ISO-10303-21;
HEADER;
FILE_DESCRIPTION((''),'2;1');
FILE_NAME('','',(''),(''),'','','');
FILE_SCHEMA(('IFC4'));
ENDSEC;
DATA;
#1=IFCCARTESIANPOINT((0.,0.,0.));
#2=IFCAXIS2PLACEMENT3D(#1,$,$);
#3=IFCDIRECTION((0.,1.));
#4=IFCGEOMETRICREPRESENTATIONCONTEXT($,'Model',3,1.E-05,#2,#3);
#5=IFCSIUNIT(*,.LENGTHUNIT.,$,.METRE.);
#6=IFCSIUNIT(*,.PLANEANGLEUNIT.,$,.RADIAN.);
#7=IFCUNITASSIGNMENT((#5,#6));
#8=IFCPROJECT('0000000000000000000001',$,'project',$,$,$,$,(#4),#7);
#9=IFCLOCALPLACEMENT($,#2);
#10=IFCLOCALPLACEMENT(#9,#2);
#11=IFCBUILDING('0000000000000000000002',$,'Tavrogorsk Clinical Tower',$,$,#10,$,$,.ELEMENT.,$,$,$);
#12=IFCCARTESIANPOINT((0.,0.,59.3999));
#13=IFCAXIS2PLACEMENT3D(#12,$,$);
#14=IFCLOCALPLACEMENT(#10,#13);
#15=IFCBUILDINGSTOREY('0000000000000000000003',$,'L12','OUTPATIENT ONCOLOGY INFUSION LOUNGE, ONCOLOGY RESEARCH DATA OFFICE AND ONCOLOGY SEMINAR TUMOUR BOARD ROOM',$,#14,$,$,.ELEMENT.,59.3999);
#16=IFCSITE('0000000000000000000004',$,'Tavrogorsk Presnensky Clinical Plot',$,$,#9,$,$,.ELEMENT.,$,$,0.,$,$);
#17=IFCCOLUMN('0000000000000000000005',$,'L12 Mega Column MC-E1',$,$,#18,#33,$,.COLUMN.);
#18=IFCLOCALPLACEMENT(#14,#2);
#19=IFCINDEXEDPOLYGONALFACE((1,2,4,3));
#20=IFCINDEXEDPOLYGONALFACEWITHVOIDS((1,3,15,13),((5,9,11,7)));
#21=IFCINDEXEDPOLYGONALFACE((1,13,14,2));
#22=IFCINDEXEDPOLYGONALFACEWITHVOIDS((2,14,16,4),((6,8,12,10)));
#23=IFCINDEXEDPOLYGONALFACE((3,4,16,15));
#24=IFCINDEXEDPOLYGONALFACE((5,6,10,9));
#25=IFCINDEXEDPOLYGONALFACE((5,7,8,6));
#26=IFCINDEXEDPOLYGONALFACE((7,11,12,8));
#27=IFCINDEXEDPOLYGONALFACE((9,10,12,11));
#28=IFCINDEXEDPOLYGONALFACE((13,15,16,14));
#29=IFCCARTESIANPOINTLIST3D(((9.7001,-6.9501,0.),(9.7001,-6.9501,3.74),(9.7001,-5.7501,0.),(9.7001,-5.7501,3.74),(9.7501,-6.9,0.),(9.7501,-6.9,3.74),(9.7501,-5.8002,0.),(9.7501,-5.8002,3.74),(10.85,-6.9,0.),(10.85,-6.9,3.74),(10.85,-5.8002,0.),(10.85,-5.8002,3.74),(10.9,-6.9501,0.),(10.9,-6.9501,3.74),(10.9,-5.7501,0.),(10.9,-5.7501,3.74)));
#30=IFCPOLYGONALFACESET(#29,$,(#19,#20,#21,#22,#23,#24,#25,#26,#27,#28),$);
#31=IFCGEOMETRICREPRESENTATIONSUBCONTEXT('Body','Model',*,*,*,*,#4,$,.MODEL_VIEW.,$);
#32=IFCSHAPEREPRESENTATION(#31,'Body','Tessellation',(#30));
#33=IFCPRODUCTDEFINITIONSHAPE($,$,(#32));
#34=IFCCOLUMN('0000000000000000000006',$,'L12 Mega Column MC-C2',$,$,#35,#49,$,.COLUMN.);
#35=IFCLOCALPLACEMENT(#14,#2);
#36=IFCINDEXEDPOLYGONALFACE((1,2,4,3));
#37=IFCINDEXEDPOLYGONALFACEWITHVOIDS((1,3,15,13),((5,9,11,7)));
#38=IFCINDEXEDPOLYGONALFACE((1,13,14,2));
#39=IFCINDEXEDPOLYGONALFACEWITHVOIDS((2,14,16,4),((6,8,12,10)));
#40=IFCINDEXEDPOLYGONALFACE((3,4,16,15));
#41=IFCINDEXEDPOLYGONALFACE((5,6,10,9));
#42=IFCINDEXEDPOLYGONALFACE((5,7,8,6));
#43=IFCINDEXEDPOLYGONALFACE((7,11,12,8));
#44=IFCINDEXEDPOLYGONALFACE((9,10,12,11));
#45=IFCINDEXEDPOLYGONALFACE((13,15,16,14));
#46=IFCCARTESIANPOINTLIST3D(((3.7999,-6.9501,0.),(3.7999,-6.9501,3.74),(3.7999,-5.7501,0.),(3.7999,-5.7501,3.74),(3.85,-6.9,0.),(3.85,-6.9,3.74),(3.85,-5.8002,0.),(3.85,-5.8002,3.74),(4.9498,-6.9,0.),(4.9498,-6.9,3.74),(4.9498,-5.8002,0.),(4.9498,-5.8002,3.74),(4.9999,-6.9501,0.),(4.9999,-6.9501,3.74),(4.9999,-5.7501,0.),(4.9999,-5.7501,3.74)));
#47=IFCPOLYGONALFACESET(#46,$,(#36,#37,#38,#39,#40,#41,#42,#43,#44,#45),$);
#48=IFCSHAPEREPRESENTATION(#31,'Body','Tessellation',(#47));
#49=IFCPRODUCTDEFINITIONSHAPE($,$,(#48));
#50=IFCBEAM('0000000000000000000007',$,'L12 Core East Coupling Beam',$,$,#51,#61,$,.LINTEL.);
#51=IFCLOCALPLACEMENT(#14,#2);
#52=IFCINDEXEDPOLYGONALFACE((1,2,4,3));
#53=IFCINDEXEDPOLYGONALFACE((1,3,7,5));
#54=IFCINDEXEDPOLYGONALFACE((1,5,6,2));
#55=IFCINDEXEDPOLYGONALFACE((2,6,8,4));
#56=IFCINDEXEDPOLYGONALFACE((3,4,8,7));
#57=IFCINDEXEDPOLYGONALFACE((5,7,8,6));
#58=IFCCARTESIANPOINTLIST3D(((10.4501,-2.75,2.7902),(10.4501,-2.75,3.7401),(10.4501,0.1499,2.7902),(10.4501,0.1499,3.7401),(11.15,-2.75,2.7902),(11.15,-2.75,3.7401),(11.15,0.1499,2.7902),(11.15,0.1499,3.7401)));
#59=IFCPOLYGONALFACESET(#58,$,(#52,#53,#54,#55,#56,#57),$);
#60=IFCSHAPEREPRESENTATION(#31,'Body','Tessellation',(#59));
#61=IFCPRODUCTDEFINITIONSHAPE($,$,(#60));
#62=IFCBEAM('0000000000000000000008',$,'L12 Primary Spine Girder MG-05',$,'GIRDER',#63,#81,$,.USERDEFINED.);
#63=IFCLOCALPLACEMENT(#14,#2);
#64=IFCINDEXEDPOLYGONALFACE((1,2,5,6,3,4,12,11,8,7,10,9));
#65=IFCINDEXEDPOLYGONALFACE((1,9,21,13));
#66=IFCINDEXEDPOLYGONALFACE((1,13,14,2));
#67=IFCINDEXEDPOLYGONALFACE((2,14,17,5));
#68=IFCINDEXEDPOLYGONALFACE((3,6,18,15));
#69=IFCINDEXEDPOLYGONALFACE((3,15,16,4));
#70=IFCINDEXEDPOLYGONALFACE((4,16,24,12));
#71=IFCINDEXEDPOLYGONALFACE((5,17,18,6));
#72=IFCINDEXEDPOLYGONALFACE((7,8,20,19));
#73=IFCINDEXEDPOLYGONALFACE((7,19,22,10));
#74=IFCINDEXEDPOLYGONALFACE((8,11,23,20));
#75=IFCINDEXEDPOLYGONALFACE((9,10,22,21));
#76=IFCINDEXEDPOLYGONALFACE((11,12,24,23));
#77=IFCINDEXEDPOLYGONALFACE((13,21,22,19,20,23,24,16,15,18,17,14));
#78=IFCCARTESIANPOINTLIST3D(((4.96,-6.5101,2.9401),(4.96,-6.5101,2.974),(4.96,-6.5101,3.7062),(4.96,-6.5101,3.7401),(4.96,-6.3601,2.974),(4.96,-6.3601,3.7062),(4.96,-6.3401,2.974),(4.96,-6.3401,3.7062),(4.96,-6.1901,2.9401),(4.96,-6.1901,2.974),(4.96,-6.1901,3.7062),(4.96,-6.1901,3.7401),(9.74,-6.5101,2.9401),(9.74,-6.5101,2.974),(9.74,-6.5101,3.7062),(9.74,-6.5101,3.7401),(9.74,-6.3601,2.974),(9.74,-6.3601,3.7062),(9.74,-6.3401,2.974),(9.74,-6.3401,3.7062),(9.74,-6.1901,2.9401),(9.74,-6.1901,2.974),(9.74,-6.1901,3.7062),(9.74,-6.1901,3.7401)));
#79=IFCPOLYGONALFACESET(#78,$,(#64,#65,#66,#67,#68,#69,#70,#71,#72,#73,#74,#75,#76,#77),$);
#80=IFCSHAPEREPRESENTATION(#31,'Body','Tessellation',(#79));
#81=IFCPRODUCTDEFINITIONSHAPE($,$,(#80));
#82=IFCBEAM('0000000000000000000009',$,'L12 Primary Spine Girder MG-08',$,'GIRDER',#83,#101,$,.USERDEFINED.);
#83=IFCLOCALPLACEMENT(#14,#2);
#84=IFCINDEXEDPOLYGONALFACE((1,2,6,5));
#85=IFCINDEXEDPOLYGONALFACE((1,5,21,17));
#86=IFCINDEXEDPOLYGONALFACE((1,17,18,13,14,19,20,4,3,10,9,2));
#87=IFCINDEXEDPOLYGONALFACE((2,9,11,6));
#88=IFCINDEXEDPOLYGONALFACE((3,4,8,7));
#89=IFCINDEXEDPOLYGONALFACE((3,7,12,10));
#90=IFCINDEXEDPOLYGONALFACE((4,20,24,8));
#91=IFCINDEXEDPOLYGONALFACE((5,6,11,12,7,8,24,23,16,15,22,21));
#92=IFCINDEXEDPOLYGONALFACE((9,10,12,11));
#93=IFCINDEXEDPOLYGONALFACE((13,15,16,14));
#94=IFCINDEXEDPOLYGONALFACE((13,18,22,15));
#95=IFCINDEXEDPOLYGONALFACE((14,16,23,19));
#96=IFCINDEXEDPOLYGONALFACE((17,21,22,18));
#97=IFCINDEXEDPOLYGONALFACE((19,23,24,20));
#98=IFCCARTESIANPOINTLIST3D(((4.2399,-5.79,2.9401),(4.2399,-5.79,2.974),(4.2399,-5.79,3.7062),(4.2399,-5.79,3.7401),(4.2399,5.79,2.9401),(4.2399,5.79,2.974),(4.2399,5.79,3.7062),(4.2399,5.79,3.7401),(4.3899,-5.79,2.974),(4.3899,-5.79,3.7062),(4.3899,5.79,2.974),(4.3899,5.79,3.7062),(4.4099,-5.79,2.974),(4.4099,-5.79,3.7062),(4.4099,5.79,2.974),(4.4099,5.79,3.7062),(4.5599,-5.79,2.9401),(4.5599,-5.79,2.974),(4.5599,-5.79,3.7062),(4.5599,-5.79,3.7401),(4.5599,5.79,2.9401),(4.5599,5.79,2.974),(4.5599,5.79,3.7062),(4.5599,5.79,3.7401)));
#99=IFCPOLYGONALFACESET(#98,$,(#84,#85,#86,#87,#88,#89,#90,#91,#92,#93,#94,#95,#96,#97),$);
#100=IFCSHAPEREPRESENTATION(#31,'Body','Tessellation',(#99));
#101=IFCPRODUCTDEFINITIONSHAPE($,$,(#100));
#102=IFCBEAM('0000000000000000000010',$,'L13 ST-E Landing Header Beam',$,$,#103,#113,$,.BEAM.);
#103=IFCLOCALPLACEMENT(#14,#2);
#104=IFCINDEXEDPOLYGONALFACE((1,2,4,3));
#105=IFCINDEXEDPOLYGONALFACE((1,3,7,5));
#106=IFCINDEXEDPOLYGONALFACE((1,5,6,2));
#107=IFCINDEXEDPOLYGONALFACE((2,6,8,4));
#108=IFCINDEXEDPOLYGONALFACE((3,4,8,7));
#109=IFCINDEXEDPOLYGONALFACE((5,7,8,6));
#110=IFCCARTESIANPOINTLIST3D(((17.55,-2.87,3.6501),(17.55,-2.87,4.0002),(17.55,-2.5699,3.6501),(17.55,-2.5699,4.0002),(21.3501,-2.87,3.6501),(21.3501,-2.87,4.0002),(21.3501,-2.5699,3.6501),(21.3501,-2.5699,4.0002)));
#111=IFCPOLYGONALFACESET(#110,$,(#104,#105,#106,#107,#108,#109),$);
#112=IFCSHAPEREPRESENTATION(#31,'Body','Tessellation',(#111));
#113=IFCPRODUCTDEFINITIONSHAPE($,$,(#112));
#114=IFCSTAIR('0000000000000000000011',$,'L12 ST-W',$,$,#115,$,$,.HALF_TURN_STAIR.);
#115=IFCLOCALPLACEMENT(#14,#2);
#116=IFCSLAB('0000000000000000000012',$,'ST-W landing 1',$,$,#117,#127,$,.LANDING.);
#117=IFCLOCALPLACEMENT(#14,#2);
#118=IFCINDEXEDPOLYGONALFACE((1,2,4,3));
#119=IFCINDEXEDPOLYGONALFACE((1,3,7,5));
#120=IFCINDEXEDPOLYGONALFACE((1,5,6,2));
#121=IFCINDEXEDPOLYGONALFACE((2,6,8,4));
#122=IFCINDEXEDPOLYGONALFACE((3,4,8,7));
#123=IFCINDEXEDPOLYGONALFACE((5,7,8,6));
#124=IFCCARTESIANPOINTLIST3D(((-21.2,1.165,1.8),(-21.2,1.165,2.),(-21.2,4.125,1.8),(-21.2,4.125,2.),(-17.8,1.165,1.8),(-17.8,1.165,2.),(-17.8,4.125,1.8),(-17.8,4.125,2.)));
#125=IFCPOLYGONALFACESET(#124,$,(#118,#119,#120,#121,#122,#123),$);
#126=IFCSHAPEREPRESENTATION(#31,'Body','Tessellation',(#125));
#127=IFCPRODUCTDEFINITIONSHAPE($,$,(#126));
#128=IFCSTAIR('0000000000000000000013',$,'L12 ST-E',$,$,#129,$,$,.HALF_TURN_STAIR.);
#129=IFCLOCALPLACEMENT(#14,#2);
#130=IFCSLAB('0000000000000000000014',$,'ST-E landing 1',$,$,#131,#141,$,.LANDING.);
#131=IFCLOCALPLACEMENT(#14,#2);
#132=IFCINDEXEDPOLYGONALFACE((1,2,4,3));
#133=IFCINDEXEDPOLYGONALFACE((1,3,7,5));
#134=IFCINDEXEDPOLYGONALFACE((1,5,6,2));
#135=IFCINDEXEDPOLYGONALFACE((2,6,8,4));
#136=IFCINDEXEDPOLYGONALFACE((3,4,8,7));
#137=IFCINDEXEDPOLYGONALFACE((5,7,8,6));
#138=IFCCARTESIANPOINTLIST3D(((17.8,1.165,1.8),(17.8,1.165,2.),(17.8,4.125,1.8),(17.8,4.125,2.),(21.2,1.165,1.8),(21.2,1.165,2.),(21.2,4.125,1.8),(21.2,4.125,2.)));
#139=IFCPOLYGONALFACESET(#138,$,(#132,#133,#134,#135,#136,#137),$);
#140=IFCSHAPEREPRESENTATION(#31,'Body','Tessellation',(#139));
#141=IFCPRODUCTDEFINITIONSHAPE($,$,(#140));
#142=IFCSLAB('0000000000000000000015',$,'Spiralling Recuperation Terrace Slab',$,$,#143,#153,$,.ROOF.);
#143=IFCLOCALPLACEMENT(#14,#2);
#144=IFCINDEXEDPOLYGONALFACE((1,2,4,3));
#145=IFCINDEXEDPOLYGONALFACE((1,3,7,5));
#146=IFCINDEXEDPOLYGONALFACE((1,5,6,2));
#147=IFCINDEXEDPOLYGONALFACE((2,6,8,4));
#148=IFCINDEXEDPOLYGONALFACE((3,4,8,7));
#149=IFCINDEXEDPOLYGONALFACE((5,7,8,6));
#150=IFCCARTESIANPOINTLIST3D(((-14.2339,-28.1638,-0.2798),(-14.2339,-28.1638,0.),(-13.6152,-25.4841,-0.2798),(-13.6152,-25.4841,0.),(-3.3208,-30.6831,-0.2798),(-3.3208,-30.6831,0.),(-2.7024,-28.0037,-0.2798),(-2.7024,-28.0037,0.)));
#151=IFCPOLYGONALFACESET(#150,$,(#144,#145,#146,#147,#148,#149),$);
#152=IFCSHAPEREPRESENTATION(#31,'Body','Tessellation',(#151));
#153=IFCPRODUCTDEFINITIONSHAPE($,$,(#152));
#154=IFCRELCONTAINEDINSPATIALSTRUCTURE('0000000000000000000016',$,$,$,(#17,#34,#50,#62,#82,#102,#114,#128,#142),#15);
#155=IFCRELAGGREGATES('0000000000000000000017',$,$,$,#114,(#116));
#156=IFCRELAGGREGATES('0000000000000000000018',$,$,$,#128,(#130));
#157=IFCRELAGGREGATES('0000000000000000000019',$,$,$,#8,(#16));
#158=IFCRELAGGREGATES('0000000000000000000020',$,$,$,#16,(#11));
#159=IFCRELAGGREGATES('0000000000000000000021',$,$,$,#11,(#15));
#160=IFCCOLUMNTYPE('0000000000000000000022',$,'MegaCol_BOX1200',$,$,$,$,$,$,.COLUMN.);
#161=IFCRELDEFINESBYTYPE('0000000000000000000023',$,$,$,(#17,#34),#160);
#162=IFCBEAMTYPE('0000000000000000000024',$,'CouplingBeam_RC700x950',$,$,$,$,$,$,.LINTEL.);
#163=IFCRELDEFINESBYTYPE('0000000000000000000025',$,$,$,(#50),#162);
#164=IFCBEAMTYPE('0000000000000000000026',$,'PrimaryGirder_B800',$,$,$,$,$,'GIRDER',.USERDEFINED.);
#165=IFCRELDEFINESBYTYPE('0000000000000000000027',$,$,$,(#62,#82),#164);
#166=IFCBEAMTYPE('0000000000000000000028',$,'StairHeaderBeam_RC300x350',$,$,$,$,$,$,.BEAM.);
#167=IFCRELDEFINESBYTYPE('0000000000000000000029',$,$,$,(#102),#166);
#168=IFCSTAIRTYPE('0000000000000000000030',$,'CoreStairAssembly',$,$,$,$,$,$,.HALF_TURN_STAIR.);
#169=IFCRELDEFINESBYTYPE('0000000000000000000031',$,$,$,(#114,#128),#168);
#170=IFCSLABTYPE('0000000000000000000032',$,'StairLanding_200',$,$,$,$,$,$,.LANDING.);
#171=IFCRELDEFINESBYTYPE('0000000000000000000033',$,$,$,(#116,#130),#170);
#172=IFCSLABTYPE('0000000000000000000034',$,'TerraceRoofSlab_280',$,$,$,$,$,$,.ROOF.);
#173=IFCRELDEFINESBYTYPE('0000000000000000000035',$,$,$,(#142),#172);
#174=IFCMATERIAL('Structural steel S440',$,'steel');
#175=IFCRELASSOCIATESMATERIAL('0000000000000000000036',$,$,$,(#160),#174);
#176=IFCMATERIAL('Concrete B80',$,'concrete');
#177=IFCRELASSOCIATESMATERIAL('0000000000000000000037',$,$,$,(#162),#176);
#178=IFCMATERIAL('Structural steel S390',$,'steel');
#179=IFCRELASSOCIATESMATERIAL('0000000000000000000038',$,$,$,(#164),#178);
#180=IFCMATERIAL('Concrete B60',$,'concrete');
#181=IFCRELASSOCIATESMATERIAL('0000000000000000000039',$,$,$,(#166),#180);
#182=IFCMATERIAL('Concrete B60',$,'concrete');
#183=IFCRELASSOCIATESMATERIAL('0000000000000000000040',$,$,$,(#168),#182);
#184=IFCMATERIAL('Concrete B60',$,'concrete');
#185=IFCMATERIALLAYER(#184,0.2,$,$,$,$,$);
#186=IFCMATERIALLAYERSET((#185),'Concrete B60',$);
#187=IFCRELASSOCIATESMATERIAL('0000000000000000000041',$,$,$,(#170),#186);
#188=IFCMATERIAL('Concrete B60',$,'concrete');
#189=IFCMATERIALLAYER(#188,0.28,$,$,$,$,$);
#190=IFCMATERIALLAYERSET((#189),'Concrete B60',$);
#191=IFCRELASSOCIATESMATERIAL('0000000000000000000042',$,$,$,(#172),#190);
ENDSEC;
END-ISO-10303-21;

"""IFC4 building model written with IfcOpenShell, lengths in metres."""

from ifc_helpers import new_model, si_unit, direction, frame, origin, origin_2d, place, context, subcontext, project, spatial, polyline, rectangle, hollow_rectangle, i_section, outline, extrude, material, layer, layer_set, material_profile, profile_set, type_object, element, aggregate, save


model = new_model("IFC4")

# Units and contexts
model_context = context("Model", 3, precision=1e-05, world=origin(), true_north=direction((0.0, 1.0)))
body_context = subcontext(model_context, "Body", "Model", "MODEL_VIEW")
ifc_project = project(units=[si_unit("LENGTHUNIT", "METRE"), si_unit("PLANEANGLEUNIT", "RADIAN")], contexts=[model_context])

# Site, building, storey
site_placement = place(None, origin())
site = spatial("IfcSite", under=ifc_project, at=site_placement, Name="Tavrogorsk Presnensky Clinical Plot", CompositionType="ELEMENT", RefElevation=0.0)
building_placement = place(site_placement, origin())
building = spatial("IfcBuilding", under=site, at=building_placement, Name="Tavrogorsk Clinical Tower", CompositionType="ELEMENT")
storey_placement = place(building_placement, frame((0.0, 0.0, 59.3999)))
storey = spatial("IfcBuildingStorey", under=building, at=storey_placement, Name="L12", Description="OUTPATIENT ONCOLOGY INFUSION LOUNGE, ONCOLOGY RESEARCH DATA OFFICE AND ONCOLOGY SEMINAR TUMOUR BOARD ROOM", CompositionType="ELEMENT", Elevation=59.3999)

# Columns
ifc_material_1 = material(Name="Structural steel S440", Category="steel")
ifc_material_profile_1 = material_profile(ifc_material_1, hollow_rectangle(XDim=1.2, YDim=1.2, WallThickness=0.05, at=origin_2d()), Name="BOX-1200x1200x50")
ifc_profile_set_1 = profile_set([ifc_material_profile_1], Name="Structural steel S440")
column_type = type_object("IfcColumnType", Name="MegaCol_BOX1200", PredefinedType="COLUMN", material=ifc_profile_set_1)
for number, where, z_axis, x_axis, name in (
    (1, (10.3, -6.3501, 0.0), (0.0, 0.0, 1.0), (1.0, 0.0, 0.0), "L12 Mega Column MC-E1"),
    (2, (4.3999, -6.3501, 0.0), (0.0, 0.0, 1.0), (1.0, 0.0, 0.0), "L12 Mega Column MC-C2"),
):
    element("IfcColumn", number, at=place(storey_placement, frame(where, z_axis=z_axis, x_axis=x_axis)), inside=storey, type_object=column_type, Name=name, PredefinedType="COLUMN", context=body_context, shape_type="SweptSolid", body=[
        extrude(hollow_rectangle(XDim=1.2, YDim=1.2, WallThickness=0.05, at=origin_2d()), origin(), (0.0, 0.0, 1.0), 3.74),
    ])

# Beams
ifc_material_2 = material(Name="Concrete B80", Category="concrete")
ifc_material_profile_2 = material_profile(ifc_material_2, rectangle(XDim=0.7, YDim=0.95, at=origin_2d()), Name="RC-CB-700x950")
ifc_profile_set_2 = profile_set([ifc_material_profile_2], Name="Concrete B80")
beam_type_1 = type_object("IfcBeamType", Name="CouplingBeam_RC700x950", PredefinedType="LINTEL", material=ifc_profile_set_2)
beam_1_placement = place(storey_placement, frame((10.8, -2.75, 3.2651), z_axis=(0.0, 1.0, 0.0), x_axis=(-1.0, 0.0, 0.0)))
element("IfcBeam", 3, at=beam_1_placement, inside=storey, type_object=beam_type_1, Name="L12 Core East Coupling Beam", PredefinedType="LINTEL", context=body_context, shape_type="SweptSolid", body=[
    extrude(rectangle(XDim=0.7, YDim=0.95, at=origin_2d()), origin(), (0.0, 0.0, 1.0), 2.8999),
])
ifc_material_3 = material(Name="Structural steel S390", Category="steel")
ifc_material_profile_3 = material_profile(ifc_material_3, i_section(OverallWidth=0.3201, OverallDepth=0.8, WebThickness=0.02, FlangeThickness=0.0339, at=origin_2d()), Name="B-800x320x20x34")
ifc_profile_set_3 = profile_set([ifc_material_profile_3], Name="Structural steel S390")
beam_type_2 = type_object("IfcBeamType", Name="PrimaryGirder_B800", ElementType="GIRDER", PredefinedType="USERDEFINED", material=ifc_profile_set_3)
beam_2_placement = place(storey_placement, frame((4.96, -6.3501, 3.3401), z_axis=(1.0, 0.0, 0.0), x_axis=(0.0, 1.0, 0.0)))
element("IfcBeam", 4, at=beam_2_placement, inside=storey, type_object=beam_type_2, Name="L12 Primary Spine Girder MG-05", ObjectType="GIRDER", PredefinedType="USERDEFINED", context=body_context, shape_type="SweptSolid", body=[
    extrude(i_section(OverallWidth=0.3201, OverallDepth=0.8, WebThickness=0.02, FlangeThickness=0.0339, at=origin_2d()), origin(), (0.0, 0.0, 1.0), 4.78),
])
beam_3_placement = place(storey_placement, frame((4.3999, -5.79, 3.3401), z_axis=(0.0, 1.0, 0.0), x_axis=(-1.0, 0.0, 0.0)))
element("IfcBeam", 5, at=beam_3_placement, inside=storey, type_object=beam_type_2, Name="L12 Primary Spine Girder MG-08", ObjectType="GIRDER", PredefinedType="USERDEFINED", context=body_context, shape_type="SweptSolid", body=[
    extrude(i_section(OverallWidth=0.3201, OverallDepth=0.8, WebThickness=0.02, FlangeThickness=0.0339, at=origin_2d()), origin(), (0.0, 0.0, 1.0), 11.5801),
])
ifc_material_4 = material(Name="Concrete B60", Category="concrete")
ifc_material_profile_4 = material_profile(ifc_material_4, rectangle(XDim=0.3, YDim=0.3501, at=origin_2d()), Name="RC-SHB-300x350")
ifc_profile_set_4 = profile_set([ifc_material_profile_4], Name="Concrete B60")
beam_type_3 = type_object("IfcBeamType", Name="StairHeaderBeam_RC300x350", PredefinedType="BEAM", material=ifc_profile_set_4)
beam_4_placement = place(storey_placement, frame((17.55, -2.72, 3.8252), z_axis=(1.0, 0.0, 0.0), x_axis=(0.0, 1.0, 0.0)))
element("IfcBeam", 6, at=beam_4_placement, inside=storey, type_object=beam_type_3, Name="L13 ST-E Landing Header Beam", PredefinedType="BEAM", context=body_context, shape_type="SweptSolid", body=[
    extrude(rectangle(XDim=0.3, YDim=0.3501, at=origin_2d()), origin(), (0.0, 0.0, 1.0), 3.8),
])

# Stairs, slabs
ifc_material_5 = material(Name="Concrete B60", Category="concrete")
stair_type = type_object("IfcStairType", Name="CoreStairAssembly", PredefinedType="HALF_TURN_STAIR", material=ifc_material_5)
stair_1_placement = place(storey_placement, origin())
stair_1 = element("IfcStair", 7, at=stair_1_placement, inside=storey, type_object=stair_type, Name="L12 ST-W", PredefinedType="HALF_TURN_STAIR")
ifc_material_6 = material(Name="Concrete B60", Category="concrete")
ifc_layer_1 = layer(ifc_material_6, 0.2)
ifc_layer_set_1 = layer_set([ifc_layer_1], Name="Concrete B60")
slab_type_1 = type_object("IfcSlabType", Name="StairLanding_200", PredefinedType="LANDING", material=ifc_layer_set_1)
slab_1_placement = place(storey_placement, frame((0.0, 0.0, 1.8)))
slab_1 = element("IfcSlab", 8, at=slab_1_placement, type_object=slab_type_1, Name="ST-W landing 1", PredefinedType="LANDING", context=body_context, shape_type="SweptSolid", body=[
    extrude(outline(polyline([(-17.8, 1.165), (-17.8, 4.125), (-21.2, 4.125), (-21.2, 1.165), (-17.8, 1.165)])), origin(), (0.0, 0.0, 1.0), 0.2),
])
aggregate(stair_1, [slab_1])
stair_2_placement = place(storey_placement, origin())
stair_2 = element("IfcStair", 9, at=stair_2_placement, inside=storey, type_object=stair_type, Name="L12 ST-E", PredefinedType="HALF_TURN_STAIR")
slab_2_placement = place(storey_placement, frame((0.0, 0.0, 1.8)))
slab_2 = element("IfcSlab", 10, at=slab_2_placement, type_object=slab_type_1, Name="ST-E landing 1", PredefinedType="LANDING", context=body_context, shape_type="SweptSolid", body=[
    extrude(outline(polyline([(21.2, 1.165), (21.2, 4.125), (17.8, 4.125), (17.8, 1.165), (21.2, 1.165)])), origin(), (0.0, 0.0, 1.0), 0.2),
])
aggregate(stair_2, [slab_2])

# Slab
ifc_material_7 = material(Name="Concrete B60", Category="concrete")
ifc_layer_2 = layer(ifc_material_7, 0.28)
ifc_layer_set_2 = layer_set([ifc_layer_2], Name="Concrete B60")
slab_type_2 = type_object("IfcSlabType", Name="TerraceRoofSlab_280", PredefinedType="ROOF", material=ifc_layer_set_2)
slab_3_placement = place(storey_placement, frame((0.0, 0.0, -0.2798)))
element("IfcSlab", 11, at=slab_3_placement, inside=storey, type_object=slab_type_2, Name="Spiralling Recuperation Terrace Slab", PredefinedType="ROOF", context=body_context, shape_type="SweptSolid", body=[
    extrude(outline(polyline([(-3.3208, -30.6831), (-14.2339, -28.1638), (-13.6152, -25.4841), (-2.7024, -28.0037), (-3.3208, -30.6831)])), origin(), (0.0, 0.0, 1.0), 0.2798),
])

save(model, "model.ifc")
